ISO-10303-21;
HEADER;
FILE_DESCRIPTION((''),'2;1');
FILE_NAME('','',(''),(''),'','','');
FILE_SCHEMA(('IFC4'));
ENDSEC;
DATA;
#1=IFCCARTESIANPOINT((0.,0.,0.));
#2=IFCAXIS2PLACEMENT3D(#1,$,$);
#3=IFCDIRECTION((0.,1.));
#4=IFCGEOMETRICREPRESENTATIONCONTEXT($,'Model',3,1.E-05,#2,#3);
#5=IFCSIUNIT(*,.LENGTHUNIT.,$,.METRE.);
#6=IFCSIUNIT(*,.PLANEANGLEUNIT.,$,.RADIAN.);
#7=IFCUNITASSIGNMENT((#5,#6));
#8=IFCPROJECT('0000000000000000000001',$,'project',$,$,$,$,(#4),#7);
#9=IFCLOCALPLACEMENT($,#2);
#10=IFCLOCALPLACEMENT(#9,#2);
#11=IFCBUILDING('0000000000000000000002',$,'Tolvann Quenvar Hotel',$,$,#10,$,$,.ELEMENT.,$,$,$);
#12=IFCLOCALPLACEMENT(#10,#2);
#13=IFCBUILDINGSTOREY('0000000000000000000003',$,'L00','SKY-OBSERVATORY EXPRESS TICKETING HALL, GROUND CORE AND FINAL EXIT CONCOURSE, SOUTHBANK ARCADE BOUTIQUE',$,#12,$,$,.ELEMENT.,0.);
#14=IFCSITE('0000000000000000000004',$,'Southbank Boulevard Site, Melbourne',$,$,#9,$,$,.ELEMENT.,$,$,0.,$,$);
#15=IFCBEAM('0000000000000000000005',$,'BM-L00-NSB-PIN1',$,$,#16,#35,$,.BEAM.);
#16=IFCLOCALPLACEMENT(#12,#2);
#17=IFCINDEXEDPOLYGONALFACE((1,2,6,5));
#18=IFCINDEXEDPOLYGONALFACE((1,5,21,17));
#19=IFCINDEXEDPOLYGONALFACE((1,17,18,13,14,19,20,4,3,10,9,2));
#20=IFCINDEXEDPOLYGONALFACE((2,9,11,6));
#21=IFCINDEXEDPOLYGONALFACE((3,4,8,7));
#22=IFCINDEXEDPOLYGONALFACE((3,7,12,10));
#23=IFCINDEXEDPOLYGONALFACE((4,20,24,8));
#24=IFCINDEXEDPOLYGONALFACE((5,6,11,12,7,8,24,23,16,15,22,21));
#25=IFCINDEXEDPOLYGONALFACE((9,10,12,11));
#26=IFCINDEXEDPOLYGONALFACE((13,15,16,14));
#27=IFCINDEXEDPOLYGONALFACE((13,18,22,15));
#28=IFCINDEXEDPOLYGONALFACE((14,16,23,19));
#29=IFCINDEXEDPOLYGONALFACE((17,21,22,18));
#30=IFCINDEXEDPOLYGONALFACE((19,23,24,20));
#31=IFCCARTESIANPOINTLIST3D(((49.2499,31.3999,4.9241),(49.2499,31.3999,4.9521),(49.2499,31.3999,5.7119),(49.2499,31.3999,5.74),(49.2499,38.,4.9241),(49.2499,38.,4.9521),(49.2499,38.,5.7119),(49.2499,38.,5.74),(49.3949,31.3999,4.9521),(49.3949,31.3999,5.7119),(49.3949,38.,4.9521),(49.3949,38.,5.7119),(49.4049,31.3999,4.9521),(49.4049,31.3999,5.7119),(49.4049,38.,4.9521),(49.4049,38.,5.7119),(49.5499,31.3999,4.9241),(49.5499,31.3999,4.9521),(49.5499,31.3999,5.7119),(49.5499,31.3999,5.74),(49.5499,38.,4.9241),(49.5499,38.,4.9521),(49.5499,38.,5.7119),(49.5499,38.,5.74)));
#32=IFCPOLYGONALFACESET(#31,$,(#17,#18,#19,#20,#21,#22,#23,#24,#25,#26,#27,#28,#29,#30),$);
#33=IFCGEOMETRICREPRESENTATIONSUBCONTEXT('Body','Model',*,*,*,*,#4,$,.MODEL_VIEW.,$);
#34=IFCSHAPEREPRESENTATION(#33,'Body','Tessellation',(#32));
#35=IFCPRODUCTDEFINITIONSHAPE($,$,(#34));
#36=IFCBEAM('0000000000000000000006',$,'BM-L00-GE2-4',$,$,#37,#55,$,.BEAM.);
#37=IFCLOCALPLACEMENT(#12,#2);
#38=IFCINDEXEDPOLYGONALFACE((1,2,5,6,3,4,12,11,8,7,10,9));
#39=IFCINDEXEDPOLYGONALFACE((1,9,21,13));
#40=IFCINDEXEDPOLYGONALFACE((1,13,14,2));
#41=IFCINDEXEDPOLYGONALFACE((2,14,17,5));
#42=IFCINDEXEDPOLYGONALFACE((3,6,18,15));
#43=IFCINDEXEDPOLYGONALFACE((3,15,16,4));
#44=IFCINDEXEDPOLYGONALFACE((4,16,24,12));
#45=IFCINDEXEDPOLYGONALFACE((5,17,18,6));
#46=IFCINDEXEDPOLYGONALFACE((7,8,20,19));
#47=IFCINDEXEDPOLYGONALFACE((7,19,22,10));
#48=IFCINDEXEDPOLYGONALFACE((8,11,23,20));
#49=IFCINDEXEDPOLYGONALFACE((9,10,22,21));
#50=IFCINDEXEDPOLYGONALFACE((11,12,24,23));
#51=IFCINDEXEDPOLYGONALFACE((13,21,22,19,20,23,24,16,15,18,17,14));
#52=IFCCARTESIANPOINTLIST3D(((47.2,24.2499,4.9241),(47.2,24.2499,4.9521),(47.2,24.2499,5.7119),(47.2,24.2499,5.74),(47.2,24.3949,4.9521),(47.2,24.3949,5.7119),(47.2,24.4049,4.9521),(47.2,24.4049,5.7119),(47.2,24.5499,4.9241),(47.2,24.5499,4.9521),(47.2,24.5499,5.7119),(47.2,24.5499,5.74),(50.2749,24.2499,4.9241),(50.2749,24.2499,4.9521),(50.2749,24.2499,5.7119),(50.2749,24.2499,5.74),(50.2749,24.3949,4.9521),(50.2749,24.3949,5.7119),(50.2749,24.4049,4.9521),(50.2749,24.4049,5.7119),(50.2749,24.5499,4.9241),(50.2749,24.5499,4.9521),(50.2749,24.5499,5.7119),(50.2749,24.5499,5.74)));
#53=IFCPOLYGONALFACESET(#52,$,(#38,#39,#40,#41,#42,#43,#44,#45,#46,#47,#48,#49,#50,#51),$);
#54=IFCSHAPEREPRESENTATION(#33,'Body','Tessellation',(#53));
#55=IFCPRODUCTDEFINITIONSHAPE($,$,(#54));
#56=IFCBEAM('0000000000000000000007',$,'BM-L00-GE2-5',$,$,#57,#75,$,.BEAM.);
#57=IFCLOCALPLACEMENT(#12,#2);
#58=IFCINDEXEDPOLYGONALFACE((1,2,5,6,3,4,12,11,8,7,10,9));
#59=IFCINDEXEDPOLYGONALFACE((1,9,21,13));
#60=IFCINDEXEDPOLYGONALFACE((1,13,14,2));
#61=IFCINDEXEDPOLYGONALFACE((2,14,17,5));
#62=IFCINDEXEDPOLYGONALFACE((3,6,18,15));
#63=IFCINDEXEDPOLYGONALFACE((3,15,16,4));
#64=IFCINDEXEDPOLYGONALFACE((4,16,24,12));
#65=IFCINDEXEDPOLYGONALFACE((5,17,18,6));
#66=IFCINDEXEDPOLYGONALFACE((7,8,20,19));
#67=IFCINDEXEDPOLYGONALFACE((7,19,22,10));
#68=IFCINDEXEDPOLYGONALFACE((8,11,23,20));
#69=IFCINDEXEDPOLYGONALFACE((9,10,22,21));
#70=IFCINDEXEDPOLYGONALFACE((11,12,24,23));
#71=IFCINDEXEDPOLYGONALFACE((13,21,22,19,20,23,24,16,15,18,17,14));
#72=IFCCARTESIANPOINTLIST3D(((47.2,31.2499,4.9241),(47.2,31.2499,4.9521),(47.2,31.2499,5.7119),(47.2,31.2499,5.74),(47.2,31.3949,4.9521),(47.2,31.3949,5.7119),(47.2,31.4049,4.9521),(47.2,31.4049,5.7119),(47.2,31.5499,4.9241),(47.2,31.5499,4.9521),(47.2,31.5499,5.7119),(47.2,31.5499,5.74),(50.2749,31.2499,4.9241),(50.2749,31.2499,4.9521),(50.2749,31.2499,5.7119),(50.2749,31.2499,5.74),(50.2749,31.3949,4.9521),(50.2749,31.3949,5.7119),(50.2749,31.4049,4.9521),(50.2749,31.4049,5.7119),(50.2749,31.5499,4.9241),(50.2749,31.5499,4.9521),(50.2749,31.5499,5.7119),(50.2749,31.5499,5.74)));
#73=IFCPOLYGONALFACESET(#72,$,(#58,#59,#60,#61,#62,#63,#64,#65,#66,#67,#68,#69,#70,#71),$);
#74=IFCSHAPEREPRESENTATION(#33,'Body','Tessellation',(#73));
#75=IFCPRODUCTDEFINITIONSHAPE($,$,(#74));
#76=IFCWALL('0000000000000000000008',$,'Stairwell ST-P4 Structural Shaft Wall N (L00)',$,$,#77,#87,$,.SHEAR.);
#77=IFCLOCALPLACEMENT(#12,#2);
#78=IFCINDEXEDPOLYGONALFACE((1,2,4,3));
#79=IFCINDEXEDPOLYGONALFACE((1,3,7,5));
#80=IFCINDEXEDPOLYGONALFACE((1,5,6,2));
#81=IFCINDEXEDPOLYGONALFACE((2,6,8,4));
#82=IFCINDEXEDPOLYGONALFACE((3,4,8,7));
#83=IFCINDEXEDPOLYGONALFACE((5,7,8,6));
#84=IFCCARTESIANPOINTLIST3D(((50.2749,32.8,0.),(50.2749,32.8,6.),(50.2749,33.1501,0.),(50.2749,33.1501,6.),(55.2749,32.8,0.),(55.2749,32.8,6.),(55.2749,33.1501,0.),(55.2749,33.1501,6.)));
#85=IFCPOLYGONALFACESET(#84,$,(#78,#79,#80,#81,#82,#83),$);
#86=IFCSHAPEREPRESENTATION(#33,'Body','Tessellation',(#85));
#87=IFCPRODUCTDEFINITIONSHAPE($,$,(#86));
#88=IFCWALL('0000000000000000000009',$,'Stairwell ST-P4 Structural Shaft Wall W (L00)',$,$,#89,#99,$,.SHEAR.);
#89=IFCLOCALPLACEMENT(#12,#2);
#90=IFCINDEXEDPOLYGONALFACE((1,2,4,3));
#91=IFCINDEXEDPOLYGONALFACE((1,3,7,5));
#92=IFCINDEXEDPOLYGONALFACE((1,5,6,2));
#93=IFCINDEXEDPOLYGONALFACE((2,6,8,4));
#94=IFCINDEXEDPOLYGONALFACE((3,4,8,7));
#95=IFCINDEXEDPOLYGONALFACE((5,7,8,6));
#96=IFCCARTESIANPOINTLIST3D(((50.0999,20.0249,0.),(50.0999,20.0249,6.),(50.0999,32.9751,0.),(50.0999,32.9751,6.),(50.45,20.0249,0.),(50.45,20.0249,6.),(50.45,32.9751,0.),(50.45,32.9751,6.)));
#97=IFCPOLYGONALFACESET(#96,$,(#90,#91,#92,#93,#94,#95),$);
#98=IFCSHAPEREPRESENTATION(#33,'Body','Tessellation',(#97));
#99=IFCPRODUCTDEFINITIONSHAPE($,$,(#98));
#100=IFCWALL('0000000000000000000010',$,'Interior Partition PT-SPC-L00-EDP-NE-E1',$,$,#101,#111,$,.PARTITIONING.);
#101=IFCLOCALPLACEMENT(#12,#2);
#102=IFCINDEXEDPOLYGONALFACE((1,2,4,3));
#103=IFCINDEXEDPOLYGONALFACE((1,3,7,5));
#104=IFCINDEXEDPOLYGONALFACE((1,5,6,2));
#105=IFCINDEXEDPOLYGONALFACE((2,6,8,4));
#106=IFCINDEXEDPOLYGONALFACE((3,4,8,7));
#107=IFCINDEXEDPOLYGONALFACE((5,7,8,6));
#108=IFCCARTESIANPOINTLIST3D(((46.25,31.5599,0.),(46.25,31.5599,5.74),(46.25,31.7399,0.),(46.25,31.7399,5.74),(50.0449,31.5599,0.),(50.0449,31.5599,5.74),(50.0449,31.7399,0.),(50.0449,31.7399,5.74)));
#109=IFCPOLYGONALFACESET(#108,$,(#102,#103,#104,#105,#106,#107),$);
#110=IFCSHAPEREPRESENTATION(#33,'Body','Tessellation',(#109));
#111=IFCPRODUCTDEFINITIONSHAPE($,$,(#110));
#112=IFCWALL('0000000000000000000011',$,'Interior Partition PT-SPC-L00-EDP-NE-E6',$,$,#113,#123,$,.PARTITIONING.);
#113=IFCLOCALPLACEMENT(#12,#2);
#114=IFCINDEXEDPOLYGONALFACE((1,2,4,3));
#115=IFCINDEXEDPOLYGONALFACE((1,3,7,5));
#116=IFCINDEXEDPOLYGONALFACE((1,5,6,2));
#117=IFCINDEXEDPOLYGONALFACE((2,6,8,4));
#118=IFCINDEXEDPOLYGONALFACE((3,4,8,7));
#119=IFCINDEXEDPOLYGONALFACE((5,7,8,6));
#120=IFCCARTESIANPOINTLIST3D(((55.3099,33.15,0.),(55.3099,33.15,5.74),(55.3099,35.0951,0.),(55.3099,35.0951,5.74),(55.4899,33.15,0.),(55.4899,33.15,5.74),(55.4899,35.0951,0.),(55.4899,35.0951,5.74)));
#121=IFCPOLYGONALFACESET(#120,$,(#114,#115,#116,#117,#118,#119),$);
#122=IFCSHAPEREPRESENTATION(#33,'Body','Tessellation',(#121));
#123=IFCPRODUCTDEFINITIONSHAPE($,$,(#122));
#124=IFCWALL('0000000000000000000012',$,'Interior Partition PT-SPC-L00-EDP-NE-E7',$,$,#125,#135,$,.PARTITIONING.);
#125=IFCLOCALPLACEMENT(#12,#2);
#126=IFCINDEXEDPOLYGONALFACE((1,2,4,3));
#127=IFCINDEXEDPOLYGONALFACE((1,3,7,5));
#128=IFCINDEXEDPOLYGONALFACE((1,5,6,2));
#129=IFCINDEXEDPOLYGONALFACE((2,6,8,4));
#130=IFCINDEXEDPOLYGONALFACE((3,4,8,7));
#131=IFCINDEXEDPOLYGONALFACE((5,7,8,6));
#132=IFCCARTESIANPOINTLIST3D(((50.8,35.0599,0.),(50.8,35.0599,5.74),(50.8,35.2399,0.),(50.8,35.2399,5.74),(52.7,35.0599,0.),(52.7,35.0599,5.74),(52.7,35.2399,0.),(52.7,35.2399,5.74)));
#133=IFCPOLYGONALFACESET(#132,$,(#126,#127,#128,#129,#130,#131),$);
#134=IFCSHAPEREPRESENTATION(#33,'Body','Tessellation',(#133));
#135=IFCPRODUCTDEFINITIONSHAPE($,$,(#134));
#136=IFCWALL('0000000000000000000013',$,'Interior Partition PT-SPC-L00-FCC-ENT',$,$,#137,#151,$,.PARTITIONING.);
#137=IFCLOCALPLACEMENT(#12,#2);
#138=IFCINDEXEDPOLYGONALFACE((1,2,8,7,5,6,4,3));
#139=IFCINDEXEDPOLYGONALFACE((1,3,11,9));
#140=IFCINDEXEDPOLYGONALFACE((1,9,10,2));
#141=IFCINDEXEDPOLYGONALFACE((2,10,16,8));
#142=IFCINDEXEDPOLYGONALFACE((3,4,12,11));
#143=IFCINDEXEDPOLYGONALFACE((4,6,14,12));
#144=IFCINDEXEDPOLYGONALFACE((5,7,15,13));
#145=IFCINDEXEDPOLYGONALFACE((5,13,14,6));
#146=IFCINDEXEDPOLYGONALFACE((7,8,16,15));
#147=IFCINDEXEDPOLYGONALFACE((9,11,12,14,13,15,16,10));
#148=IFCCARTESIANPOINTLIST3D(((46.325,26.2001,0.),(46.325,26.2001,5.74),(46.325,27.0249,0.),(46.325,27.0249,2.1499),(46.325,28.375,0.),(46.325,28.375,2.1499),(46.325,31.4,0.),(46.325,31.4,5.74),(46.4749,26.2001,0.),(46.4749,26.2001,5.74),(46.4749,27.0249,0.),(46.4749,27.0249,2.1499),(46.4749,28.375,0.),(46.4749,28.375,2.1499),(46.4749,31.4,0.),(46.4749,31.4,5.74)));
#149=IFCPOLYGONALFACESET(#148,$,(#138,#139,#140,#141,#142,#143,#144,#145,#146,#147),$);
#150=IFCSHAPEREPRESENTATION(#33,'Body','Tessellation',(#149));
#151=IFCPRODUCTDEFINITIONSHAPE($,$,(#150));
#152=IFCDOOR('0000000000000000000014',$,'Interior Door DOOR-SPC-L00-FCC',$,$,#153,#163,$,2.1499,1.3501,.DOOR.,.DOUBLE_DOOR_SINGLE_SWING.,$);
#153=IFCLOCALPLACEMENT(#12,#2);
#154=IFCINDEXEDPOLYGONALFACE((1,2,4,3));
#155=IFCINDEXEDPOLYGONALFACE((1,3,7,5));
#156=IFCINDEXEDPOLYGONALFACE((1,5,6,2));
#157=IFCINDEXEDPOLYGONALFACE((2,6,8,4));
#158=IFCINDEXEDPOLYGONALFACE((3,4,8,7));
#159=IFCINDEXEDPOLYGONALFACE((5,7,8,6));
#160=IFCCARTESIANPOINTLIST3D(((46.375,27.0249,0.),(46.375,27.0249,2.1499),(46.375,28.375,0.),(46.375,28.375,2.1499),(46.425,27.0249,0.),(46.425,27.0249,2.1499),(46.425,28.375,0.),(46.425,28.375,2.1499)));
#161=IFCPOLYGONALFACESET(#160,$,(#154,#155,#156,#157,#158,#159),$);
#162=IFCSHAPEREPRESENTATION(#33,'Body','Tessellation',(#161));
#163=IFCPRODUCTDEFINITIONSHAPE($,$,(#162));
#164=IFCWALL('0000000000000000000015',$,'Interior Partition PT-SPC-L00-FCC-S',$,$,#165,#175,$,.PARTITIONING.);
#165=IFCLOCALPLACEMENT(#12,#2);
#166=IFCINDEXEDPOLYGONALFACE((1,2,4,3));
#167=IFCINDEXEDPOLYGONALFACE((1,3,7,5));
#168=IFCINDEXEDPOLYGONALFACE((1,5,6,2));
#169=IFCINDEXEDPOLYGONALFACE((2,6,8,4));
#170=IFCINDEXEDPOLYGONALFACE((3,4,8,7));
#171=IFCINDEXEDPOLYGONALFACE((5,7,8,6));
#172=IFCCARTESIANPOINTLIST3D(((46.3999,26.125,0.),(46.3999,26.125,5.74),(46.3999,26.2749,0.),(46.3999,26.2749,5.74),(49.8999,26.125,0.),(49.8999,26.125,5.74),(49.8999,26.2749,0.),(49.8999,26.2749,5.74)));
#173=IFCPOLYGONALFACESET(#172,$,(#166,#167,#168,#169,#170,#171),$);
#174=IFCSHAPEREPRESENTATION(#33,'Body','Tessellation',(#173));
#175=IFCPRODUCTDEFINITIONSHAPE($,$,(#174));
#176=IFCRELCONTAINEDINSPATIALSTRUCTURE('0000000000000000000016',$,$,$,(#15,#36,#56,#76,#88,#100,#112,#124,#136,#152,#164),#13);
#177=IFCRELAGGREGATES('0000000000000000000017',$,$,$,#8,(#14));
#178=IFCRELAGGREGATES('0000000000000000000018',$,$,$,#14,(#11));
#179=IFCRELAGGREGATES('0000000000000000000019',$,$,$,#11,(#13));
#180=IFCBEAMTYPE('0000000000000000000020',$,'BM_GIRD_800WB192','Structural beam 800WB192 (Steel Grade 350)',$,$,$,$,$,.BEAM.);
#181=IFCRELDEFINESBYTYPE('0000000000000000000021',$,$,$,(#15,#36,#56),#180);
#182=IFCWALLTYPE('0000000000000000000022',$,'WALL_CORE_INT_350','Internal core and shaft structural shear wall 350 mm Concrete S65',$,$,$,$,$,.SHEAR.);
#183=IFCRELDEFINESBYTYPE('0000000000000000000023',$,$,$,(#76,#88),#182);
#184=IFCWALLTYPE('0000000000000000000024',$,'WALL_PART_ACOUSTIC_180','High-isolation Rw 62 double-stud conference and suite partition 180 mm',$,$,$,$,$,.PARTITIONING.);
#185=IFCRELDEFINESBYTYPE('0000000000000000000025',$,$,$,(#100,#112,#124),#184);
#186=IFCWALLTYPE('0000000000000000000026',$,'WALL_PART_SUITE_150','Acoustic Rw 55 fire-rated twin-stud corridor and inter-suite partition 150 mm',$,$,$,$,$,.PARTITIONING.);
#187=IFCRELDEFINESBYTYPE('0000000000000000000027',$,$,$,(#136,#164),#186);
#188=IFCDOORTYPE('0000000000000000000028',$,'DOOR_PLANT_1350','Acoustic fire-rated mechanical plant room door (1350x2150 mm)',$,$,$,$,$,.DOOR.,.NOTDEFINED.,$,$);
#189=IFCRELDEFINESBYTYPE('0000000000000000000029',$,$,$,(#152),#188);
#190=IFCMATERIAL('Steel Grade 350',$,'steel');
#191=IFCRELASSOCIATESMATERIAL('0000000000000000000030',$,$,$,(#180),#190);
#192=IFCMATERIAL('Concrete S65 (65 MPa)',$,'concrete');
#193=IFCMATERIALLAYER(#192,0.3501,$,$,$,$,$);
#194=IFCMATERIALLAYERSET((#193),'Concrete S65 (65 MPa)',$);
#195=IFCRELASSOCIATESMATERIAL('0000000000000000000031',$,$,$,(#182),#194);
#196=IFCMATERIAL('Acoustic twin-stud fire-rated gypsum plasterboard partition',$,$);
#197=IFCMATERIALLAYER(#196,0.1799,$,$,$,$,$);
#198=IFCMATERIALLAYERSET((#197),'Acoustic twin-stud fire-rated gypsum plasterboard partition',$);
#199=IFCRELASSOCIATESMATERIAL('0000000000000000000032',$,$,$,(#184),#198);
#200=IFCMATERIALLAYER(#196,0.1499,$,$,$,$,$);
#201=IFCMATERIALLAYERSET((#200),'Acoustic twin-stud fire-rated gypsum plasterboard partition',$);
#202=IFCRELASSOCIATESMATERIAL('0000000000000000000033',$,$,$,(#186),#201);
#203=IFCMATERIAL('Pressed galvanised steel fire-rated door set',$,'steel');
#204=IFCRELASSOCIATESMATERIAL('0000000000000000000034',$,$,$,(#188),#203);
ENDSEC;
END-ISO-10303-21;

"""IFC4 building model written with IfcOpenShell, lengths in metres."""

from ifc_helpers import new_model, si_unit, direction, frame, frame_2d, origin, origin_2d, place, context, subcontext, project, spatial, rectangle, i_section, extrude, source, transform, mapped, material, layer, layer_set, material_profile, profile_set, type_object, type_shapes, element, fill, save


model = new_model("IFC4")

# Units and contexts
model_context = context("Model", 3, precision=1e-05, world=origin(), true_north=direction((0.0, 1.0)))
body_context = subcontext(model_context, "Body", "Model", "MODEL_VIEW")
ifc_project = project(units=[si_unit("LENGTHUNIT", "METRE"), si_unit("PLANEANGLEUNIT", "RADIAN")], contexts=[model_context])

# Site, building, storey
site_placement = place(None, origin())
site = spatial("IfcSite", under=ifc_project, at=site_placement, Name="Southbank Boulevard Site, Melbourne", CompositionType="ELEMENT", RefElevation=0.0)
building_placement = place(site_placement, origin())
building = spatial("IfcBuilding", under=site, at=building_placement, Name="Tolvann Quenvar Hotel", CompositionType="ELEMENT")
storey_placement = place(building_placement, origin())
storey = spatial("IfcBuildingStorey", under=building, at=storey_placement, Name="L00", Description="SKY-OBSERVATORY EXPRESS TICKETING HALL, GROUND CORE AND FINAL EXIT CONCOURSE, SOUTHBANK ARCADE BOUTIQUE", CompositionType="ELEMENT", Elevation=0.0)

# Shared definitions
ifc_material_1 = material(Name="Concrete S65 (65 MPa)", Category="concrete")

# Beams
ifc_material_2 = material(Name="Steel Grade 350", Category="steel")
ifc_material_profile_1 = material_profile(ifc_material_2, i_section(OverallWidth=0.3, OverallDepth=0.8159, WebThickness=0.01, FlangeThickness=0.0281, at=origin_2d()), Name="800WB192")
ifc_profile_set_1 = profile_set([ifc_material_profile_1], Name="Steel Grade 350")
beam_type = type_object("IfcBeamType", Name="BM_GIRD_800WB192", Description="Structural beam 800WB192 (Steel Grade 350)", PredefinedType="BEAM", material=ifc_profile_set_1)
shared_shape_1 = source(origin(), body_context, "Body", "SweptSolid", [
    extrude(i_section(OverallWidth=0.3, OverallDepth=0.8159, WebThickness=0.01, FlangeThickness=0.0281, at=origin_2d()), origin(), (0.0, 0.0, 1.0), 6.6001),
])
beam_placement = place(storey_placement, frame((49.3999, 31.3999, 5.332), z_axis=(0.0, 1.0, 0.0), x_axis=(-1.0, 0.0, 0.0)))
element("IfcBeam", 1, at=beam_placement, inside=storey, type_object=beam_type, Name="BM-L00-NSB-PIN1", PredefinedType="BEAM", context=body_context, shape_type="MappedRepresentation", body=[
    mapped(shared_shape_1, transform((0.0, 0.0, 0.0), x_axis=(1.0, 0.0, 0.0), y_axis=(0.0, 1.0, 0.0), z_axis=(0.0, 0.0, 1.0), scale=1.0)),
])
shared_shape_2 = source(origin(), body_context, "Body", "SweptSolid", [
    extrude(i_section(OverallWidth=0.3, OverallDepth=0.8159, WebThickness=0.01, FlangeThickness=0.0281, at=origin_2d()), origin(), (0.0, 0.0, 1.0), 3.075),
])
for number, where, z_axis, x_axis, name in (
    (2, (47.2, 24.3999, 5.332), (1.0, 0.0, 0.0), (0.0, 1.0, 0.0), "BM-L00-GE2-4"),
    (3, (47.2, 31.3999, 5.332), (1.0, 0.0, 0.0), (0.0, 1.0, 0.0), "BM-L00-GE2-5"),
):
    element("IfcBeam", number, at=place(storey_placement, frame(where, z_axis=z_axis, x_axis=x_axis)), inside=storey, type_object=beam_type, Name=name, PredefinedType="BEAM", context=body_context, shape_type="MappedRepresentation", body=[
        mapped(shared_shape_2, transform((0.0, 0.0, 0.0), x_axis=(1.0, 0.0, 0.0), y_axis=(0.0, 1.0, 0.0), z_axis=(0.0, 0.0, 1.0), scale=1.0)),
    ])

# Walls
ifc_layer_1 = layer(ifc_material_1, 0.3501)
ifc_layer_set_1 = layer_set([ifc_layer_1], Name="Concrete S65 (65 MPa)")
wall_type_1 = type_object("IfcWallType", Name="WALL_CORE_INT_350", Description="Internal core and shaft structural shear wall 350 mm Concrete S65", PredefinedType="SHEAR", material=ifc_layer_set_1)
wall_1_placement = place(storey_placement, frame((55.2749, 32.9751, 0.0), z_axis=(0.0, 0.0, 1.0), x_axis=(-1.0, 0.0, 0.0)))
element("IfcWall", 4, at=wall_1_placement, inside=storey, type_object=wall_type_1, Name="Stairwell ST-P4 Structural Shaft Wall N (L00)", PredefinedType="SHEAR", context=body_context, shape_type="SweptSolid", body=[
    extrude(rectangle(XDim=5.0, YDim=0.3501, at=frame_2d((2.5, 0.0))), origin(), (0.0, 0.0, 1.0), 6.0),
])
wall_2_placement = place(storey_placement, frame((50.2749, 32.9751, 0.0), z_axis=(0.0, 0.0, 1.0), x_axis=(0.0, -1.0, 0.0)))
element("IfcWall", 5, at=wall_2_placement, inside=storey, type_object=wall_type_1, Name="Stairwell ST-P4 Structural Shaft Wall W (L00)", PredefinedType="SHEAR", context=body_context, shape_type="SweptSolid", body=[
    extrude(rectangle(XDim=12.9502, YDim=0.3501, at=frame_2d((6.4751, 0.0))), origin(), (0.0, 0.0, 1.0), 6.0),
])
ifc_material_3 = material(Name="Acoustic twin-stud fire-rated gypsum plasterboard partition")
ifc_layer_2 = layer(ifc_material_3, 0.1799)
ifc_layer_set_2 = layer_set([ifc_layer_2], Name="Acoustic twin-stud fire-rated gypsum plasterboard partition")
wall_type_2 = type_object("IfcWallType", Name="WALL_PART_ACOUSTIC_180", Description="High-isolation Rw 62 double-stud conference and suite partition 180 mm", PredefinedType="PARTITIONING", material=ifc_layer_set_2)
wall_3_placement = place(storey_placement, frame((46.25, 31.6499, 0.0), z_axis=(0.0, 0.0, 1.0), x_axis=(1.0, 0.0, 0.0)))
element("IfcWall", 6, at=wall_3_placement, inside=storey, type_object=wall_type_2, Name="Interior Partition PT-SPC-L00-EDP-NE-E1", PredefinedType="PARTITIONING", context=body_context, shape_type="SweptSolid", body=[
    extrude(rectangle(XDim=3.7949, YDim=0.1799, at=frame_2d((1.8975, 0.0))), origin(), (0.0, 0.0, 1.0), 5.74),
])
wall_4_placement = place(storey_placement, frame((55.3999, 33.1499, 0.0), z_axis=(0.0, 0.0, 1.0), x_axis=(0.0, 1.0, 0.0)))
element("IfcWall", 7, at=wall_4_placement, inside=storey, type_object=wall_type_2, Name="Interior Partition PT-SPC-L00-EDP-NE-E6", PredefinedType="PARTITIONING", context=body_context, shape_type="SweptSolid", body=[
    extrude(rectangle(XDim=1.9451, YDim=0.1799, at=frame_2d((0.9727, 0.0))), origin(), (0.0, 0.0, 1.0), 5.74),
])
wall_5_placement = place(storey_placement, frame((50.8, 35.1499, 0.0), z_axis=(0.0, 0.0, 1.0), x_axis=(1.0, 0.0, 0.0)))
element("IfcWall", 8, at=wall_5_placement, inside=storey, type_object=wall_type_2, Name="Interior Partition PT-SPC-L00-EDP-NE-E7", PredefinedType="PARTITIONING", context=body_context, shape_type="SweptSolid", body=[
    extrude(rectangle(XDim=1.8999, YDim=0.1799, at=frame_2d((0.95, 0.0))), origin(), (0.0, 0.0, 1.0), 5.74),
])

# Wall, opening, door
ifc_layer_3 = layer(ifc_material_3, 0.1499)
ifc_layer_set_3 = layer_set([ifc_layer_3], Name="Acoustic twin-stud fire-rated gypsum plasterboard partition")
wall_type_3 = type_object("IfcWallType", Name="WALL_PART_SUITE_150", Description="Acoustic Rw 55 fire-rated twin-stud corridor and inter-suite partition 150 mm", PredefinedType="PARTITIONING", material=ifc_layer_set_3)
wall_6_placement = place(storey_placement, frame((46.3999, 26.2, 0.0), z_axis=(0.0, 0.0, 1.0), x_axis=(0.0, 1.0, 0.0)))
wall_6 = element("IfcWall", 9, at=wall_6_placement, inside=storey, type_object=wall_type_3, Name="Interior Partition PT-SPC-L00-FCC-ENT", PredefinedType="PARTITIONING", context=body_context, shape_type="SweptSolid", body=[
    extrude(rectangle(XDim=5.2, YDim=0.1499, at=frame_2d((2.6001, 0.0))), origin(), (0.0, 0.0, 1.0), 5.74),
])
opening_placement = place(wall_6_placement, frame((0.825, 0.0, 0.0)))
opening = element("IfcOpeningElement", 10, at=opening_placement, cuts=wall_6, PredefinedType="OPENING", context=body_context, shape_type="SweptSolid", body=[
    extrude(rectangle(XDim=1.3501, YDim=2.1499, at=frame_2d((0.675, 1.075))), frame((0.0, 0.085, 0.0), z_axis=(0.0, -1.0, 0.0), x_axis=(1.0, 0.0, 0.0)), (0.0, 0.0, 1.0), 0.1699),
])
ifc_material_4 = material(Name="Pressed galvanised steel fire-rated door set", Category="steel")
door_type = type_object("IfcDoorType", Name="DOOR_PLANT_1350", Description="Acoustic fire-rated mechanical plant room door (1350x2150 mm)", OperationType="NOTDEFINED", PredefinedType="DOOR", material=ifc_material_4)
shared_shape_3 = source(origin(), body_context, "Body", "SweptSolid", [
    extrude(rectangle(XDim=1.3501, YDim=2.1499, at=frame_2d((0.675, 1.075))), frame((0.0, 0.0249, 0.0), z_axis=(0.0, -1.0, 0.0), x_axis=(1.0, 0.0, 0.0)), (0.0, 0.0, 1.0), 0.05),
])
type_shapes(door_type, [shared_shape_3])
door_placement = place(opening_placement, origin())
door = element("IfcDoor", 11, at=door_placement, inside=storey, type_object=door_type, Name="Interior Door DOOR-SPC-L00-FCC", OperationType="DOUBLE_DOOR_SINGLE_SWING", OverallHeight=2.1499, OverallWidth=1.3501, PredefinedType="DOOR", context=body_context, shape_type="MappedRepresentation", body=[
    mapped(shared_shape_3, transform((0.0, 0.0, 0.0), x_axis=(1.0, 0.0, 0.0), y_axis=(0.0, 1.0, 0.0), z_axis=(0.0, 0.0, 1.0), scale=1.0)),
])
fill(opening, door)

# Wall
wall_7_placement = place(storey_placement, frame((46.3999, 26.2, 0.0), z_axis=(0.0, 0.0, 1.0), x_axis=(1.0, 0.0, 0.0)))
element("IfcWall", 12, at=wall_7_placement, inside=storey, type_object=wall_type_3, Name="Interior Partition PT-SPC-L00-FCC-S", PredefinedType="PARTITIONING", context=body_context, shape_type="SweptSolid", body=[
    extrude(rectangle(XDim=3.5, YDim=0.1499, at=frame_2d((1.75, 0.0))), origin(), (0.0, 0.0, 1.0), 5.74),
])

save(model, "model.ifc")
